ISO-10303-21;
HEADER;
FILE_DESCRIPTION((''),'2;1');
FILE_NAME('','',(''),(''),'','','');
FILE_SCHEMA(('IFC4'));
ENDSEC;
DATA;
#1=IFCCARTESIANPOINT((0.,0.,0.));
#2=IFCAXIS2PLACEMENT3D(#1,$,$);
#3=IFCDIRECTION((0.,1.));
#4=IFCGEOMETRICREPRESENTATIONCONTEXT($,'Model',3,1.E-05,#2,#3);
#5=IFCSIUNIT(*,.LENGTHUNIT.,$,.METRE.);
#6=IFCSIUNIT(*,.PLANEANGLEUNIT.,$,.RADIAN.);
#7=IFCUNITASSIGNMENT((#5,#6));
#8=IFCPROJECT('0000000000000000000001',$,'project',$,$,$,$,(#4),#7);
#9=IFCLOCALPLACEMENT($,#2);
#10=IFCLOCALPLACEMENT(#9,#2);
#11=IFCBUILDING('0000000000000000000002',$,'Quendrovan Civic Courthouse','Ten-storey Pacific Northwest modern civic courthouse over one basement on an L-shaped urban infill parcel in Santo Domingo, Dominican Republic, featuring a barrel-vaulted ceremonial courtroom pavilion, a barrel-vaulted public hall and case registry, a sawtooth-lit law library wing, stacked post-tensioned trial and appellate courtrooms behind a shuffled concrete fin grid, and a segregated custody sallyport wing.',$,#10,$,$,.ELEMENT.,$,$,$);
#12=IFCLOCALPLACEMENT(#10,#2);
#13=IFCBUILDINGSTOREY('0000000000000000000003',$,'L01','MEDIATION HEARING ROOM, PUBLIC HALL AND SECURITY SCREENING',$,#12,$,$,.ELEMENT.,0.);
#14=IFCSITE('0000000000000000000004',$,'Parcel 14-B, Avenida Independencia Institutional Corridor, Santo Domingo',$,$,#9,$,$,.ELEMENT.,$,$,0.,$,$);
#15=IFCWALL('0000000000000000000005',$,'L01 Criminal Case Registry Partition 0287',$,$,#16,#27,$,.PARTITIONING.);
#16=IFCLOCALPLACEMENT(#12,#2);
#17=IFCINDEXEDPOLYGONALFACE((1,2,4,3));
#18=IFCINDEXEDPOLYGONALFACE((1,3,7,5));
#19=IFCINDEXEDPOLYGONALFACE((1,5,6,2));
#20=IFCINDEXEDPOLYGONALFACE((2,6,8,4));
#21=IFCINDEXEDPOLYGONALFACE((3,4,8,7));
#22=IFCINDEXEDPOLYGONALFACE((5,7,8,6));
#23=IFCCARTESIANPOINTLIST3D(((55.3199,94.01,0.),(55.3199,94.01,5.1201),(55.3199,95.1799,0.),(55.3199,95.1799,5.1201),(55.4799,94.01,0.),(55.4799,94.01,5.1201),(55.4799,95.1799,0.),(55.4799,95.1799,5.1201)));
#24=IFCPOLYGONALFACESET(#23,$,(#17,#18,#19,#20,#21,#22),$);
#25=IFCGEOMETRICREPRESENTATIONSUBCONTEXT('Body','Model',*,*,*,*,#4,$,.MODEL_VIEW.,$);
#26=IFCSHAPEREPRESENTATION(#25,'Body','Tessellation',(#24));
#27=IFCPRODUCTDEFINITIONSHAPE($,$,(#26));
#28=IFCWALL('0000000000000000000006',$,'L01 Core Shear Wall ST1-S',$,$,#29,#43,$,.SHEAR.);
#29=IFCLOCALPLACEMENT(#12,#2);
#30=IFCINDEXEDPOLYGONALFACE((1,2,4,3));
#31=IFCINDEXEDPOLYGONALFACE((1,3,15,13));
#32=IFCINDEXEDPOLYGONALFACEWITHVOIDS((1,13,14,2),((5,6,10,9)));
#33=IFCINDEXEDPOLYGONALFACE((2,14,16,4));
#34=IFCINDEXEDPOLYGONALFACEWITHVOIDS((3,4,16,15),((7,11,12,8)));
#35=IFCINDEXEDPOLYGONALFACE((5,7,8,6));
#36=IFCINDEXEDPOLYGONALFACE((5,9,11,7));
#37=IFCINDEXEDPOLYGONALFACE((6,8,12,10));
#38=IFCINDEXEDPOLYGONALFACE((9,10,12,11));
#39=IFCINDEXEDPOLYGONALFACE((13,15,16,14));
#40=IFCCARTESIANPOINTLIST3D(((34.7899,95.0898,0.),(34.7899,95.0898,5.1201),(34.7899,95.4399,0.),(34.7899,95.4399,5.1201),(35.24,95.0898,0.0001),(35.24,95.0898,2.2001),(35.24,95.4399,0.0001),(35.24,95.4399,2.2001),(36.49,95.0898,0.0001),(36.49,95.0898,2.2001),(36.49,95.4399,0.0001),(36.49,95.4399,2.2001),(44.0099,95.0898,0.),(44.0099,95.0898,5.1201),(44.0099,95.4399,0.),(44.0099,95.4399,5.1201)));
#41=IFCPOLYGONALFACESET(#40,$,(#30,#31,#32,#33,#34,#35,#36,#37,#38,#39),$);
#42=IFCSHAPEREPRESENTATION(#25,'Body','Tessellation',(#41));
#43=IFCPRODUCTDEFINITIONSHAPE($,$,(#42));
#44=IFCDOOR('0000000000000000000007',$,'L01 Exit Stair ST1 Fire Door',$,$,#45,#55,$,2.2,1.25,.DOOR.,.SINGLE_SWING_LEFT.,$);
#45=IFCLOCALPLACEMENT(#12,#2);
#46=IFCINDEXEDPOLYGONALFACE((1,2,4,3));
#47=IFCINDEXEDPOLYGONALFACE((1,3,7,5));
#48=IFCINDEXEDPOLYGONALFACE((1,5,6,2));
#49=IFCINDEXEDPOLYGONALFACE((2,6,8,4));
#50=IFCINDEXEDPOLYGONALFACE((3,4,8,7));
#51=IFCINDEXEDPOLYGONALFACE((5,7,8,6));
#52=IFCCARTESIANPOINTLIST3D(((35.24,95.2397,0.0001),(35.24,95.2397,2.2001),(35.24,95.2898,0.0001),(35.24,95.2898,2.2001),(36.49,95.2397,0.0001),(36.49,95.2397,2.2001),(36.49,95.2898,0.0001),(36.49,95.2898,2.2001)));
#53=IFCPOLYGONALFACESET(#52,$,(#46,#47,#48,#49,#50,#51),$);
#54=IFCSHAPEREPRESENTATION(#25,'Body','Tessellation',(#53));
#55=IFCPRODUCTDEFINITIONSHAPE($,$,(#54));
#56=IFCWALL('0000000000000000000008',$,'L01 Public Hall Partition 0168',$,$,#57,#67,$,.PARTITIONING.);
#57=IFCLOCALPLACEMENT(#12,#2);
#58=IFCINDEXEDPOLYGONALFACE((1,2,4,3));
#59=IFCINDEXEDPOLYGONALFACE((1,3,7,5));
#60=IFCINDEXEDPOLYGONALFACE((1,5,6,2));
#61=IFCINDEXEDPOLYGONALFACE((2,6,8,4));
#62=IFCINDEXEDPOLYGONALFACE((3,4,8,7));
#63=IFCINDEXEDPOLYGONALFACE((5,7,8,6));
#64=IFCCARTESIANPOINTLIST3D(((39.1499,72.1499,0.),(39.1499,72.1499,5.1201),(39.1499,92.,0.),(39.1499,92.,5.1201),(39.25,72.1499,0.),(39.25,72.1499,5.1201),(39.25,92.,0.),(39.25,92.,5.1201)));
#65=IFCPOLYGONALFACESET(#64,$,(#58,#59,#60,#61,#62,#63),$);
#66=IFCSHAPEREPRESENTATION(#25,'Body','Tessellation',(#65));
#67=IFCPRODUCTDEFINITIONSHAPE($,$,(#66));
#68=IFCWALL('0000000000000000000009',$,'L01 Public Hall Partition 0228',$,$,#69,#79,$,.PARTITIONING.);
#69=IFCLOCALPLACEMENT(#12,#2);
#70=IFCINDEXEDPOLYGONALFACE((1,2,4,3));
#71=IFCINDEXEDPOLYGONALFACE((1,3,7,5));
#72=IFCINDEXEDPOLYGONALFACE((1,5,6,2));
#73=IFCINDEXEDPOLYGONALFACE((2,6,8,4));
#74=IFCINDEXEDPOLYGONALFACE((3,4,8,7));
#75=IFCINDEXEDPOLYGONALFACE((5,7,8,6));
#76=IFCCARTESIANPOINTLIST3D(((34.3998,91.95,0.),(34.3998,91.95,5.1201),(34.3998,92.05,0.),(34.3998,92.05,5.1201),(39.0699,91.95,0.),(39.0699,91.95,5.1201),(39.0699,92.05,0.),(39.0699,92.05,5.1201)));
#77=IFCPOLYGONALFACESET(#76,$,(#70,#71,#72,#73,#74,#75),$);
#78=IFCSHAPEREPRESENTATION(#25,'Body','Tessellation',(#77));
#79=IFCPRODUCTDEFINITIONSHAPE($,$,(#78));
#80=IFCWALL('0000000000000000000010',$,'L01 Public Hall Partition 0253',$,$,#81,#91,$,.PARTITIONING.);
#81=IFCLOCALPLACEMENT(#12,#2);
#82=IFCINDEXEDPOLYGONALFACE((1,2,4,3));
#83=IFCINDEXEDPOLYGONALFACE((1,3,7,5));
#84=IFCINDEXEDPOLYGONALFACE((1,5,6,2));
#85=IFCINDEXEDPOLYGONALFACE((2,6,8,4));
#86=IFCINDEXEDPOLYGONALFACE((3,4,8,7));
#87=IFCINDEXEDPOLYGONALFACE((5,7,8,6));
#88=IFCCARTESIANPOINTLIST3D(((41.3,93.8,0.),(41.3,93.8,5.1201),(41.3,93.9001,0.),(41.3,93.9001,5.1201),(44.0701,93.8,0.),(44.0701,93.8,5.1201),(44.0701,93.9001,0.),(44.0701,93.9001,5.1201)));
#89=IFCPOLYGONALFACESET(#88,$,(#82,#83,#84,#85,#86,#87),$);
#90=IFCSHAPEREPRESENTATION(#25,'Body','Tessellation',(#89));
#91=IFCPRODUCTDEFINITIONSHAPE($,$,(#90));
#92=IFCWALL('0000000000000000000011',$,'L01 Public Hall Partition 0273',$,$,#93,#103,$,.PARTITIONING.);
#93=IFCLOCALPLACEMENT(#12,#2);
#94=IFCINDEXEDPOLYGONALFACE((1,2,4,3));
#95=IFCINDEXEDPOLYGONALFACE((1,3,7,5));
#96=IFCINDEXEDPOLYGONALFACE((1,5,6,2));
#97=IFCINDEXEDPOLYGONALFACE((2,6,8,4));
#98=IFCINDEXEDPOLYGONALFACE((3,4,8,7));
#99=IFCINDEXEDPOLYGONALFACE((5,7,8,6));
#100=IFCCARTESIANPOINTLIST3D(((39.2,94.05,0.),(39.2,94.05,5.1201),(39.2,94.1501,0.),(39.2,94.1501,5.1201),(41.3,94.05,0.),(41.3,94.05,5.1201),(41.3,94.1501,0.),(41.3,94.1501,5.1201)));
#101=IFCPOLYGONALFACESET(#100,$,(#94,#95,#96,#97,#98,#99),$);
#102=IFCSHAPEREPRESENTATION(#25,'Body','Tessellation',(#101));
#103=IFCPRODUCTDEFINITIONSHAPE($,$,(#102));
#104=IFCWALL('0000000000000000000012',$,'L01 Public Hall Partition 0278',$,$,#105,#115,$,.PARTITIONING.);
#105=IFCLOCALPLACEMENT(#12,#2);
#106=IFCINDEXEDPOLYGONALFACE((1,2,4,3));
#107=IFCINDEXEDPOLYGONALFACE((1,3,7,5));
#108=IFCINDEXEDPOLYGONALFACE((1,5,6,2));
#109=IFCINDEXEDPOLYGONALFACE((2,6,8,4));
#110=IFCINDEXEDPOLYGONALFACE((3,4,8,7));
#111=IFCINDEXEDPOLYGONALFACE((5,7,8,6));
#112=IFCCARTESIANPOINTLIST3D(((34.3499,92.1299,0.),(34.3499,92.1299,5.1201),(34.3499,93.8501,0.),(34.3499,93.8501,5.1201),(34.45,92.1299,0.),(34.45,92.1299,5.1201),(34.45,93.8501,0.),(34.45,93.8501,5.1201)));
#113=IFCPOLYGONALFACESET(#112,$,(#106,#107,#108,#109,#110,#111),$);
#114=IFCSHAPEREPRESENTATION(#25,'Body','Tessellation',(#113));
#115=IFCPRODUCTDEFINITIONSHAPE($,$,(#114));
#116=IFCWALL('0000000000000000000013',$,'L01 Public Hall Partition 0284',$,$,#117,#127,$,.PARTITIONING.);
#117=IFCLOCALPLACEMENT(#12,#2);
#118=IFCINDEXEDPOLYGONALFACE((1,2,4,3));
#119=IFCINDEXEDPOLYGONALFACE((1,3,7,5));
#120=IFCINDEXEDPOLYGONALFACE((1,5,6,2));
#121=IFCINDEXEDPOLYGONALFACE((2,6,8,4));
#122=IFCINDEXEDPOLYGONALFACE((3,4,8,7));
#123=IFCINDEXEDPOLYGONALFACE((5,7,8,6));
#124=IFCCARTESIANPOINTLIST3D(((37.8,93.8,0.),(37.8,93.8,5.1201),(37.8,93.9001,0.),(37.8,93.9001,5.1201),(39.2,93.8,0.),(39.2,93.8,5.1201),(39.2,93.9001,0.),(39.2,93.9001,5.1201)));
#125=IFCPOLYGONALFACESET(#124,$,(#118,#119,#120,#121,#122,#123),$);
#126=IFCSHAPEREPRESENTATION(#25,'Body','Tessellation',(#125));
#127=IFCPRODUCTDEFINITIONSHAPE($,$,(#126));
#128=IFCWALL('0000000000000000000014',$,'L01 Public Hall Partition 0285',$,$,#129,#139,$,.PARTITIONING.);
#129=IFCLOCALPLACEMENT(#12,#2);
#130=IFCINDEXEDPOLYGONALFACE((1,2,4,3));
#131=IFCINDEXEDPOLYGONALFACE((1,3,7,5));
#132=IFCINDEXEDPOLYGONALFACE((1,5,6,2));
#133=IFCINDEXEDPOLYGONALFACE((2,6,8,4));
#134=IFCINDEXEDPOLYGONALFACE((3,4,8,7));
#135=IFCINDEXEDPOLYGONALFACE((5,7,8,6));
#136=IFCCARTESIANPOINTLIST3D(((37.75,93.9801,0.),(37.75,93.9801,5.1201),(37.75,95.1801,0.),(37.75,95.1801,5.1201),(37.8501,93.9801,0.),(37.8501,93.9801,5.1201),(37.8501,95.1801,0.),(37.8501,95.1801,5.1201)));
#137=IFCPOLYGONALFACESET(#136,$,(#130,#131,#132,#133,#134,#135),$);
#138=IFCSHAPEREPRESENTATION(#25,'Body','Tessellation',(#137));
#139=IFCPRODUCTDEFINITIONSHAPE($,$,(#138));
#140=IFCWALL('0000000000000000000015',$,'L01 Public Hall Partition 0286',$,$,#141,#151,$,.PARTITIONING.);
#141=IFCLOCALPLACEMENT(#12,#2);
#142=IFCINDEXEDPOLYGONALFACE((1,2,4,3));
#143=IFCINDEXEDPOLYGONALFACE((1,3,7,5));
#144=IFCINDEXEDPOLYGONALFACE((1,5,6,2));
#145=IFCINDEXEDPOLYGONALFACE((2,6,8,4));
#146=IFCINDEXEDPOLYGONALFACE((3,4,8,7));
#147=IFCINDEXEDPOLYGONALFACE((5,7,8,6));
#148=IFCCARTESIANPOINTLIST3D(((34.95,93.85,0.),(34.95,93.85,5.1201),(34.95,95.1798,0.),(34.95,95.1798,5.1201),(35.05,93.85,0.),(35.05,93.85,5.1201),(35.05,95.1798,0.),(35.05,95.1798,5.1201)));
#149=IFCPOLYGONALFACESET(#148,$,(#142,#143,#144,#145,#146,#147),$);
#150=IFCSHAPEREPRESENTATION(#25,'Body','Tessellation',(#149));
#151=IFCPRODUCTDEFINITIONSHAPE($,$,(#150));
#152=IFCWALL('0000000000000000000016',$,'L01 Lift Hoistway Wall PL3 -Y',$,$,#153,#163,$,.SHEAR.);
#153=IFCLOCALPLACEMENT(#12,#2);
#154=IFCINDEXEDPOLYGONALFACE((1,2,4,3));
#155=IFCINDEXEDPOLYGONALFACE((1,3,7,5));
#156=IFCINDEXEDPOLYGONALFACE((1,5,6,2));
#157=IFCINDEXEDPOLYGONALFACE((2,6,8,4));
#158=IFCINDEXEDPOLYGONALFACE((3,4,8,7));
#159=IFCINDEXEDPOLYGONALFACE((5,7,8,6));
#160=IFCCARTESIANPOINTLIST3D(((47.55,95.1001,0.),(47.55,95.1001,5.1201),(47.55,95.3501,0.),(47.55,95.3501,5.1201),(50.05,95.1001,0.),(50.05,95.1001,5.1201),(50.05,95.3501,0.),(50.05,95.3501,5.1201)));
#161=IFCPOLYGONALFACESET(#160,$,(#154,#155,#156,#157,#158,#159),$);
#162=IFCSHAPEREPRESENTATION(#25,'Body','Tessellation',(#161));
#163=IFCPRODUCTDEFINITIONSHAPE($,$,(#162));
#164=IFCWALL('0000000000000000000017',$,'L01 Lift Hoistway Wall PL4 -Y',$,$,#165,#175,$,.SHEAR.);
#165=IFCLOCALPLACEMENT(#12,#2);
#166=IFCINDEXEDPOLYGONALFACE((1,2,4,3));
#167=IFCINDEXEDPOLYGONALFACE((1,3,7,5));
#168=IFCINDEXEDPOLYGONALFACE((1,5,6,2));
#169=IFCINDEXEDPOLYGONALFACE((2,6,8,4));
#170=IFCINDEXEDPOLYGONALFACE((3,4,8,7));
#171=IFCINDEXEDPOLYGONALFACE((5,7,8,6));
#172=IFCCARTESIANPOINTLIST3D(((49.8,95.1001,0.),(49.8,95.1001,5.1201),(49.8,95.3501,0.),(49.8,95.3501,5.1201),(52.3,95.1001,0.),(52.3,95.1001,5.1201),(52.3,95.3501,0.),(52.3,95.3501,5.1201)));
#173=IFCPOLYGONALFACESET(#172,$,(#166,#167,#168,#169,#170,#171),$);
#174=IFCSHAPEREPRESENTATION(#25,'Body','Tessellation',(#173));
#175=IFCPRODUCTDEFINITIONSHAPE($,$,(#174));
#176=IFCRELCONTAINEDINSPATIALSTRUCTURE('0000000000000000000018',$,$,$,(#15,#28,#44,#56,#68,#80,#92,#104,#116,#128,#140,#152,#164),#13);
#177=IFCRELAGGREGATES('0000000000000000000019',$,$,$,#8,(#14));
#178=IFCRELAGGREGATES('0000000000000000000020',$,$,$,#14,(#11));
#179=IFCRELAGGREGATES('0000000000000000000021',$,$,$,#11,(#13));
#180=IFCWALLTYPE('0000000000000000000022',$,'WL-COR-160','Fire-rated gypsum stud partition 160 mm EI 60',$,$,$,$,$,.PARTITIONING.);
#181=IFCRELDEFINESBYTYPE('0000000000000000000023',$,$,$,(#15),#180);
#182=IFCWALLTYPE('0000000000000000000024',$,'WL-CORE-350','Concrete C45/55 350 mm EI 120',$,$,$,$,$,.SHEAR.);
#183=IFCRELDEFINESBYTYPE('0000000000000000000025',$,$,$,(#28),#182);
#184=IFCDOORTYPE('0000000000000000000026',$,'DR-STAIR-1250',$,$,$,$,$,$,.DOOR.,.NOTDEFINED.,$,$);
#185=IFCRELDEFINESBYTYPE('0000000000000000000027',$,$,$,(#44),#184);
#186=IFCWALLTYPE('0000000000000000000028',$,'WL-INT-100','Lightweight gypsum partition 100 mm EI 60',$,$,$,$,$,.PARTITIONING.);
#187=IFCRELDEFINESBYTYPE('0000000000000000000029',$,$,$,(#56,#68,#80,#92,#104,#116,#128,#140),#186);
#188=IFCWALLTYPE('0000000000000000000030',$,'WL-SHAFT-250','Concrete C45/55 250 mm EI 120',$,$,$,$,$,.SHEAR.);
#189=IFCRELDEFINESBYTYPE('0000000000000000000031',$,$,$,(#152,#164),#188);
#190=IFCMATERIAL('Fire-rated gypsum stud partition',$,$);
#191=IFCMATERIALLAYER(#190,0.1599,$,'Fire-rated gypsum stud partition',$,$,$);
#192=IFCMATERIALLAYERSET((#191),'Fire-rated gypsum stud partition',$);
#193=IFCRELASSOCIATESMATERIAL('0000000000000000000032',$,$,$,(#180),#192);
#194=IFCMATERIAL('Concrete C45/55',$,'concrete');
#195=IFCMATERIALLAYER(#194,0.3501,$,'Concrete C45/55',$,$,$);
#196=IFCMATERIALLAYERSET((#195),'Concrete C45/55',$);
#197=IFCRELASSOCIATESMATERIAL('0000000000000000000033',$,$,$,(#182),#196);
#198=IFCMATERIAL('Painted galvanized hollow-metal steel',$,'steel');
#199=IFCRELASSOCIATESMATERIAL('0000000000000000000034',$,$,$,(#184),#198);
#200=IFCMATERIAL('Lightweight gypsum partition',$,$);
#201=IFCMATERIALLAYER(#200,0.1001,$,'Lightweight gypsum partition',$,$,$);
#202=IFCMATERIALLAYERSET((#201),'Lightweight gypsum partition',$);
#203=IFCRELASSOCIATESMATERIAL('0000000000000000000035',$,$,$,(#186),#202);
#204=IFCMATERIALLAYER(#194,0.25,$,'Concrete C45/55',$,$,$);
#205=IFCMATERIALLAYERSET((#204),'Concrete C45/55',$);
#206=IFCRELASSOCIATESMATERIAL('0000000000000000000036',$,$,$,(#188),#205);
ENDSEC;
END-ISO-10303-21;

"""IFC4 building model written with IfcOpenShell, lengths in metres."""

from ifc_helpers import new_model, si_unit, direction, frame, frame_2d, origin, place, context, subcontext, project, spatial, rectangle, extrude, material, layer, layer_set, type_object, element, fill, save


model = new_model("IFC4")

# Units and contexts
model_context = context("Model", 3, precision=1e-05, world=origin(), true_north=direction((0.0, 1.0)))
body_context = subcontext(model_context, "Body", "Model", "MODEL_VIEW")
ifc_project = project(units=[si_unit("LENGTHUNIT", "METRE"), si_unit("PLANEANGLEUNIT", "RADIAN")], contexts=[model_context])

# Site, building, storey
site_placement = place(None, origin())
site = spatial("IfcSite", under=ifc_project, at=site_placement, Name="Parcel 14-B, Avenida Independencia Institutional Corridor, Santo Domingo", CompositionType="ELEMENT", RefElevation=0.0)
building_placement = place(site_placement, origin())
building = spatial("IfcBuilding", under=site, at=building_placement, Name="Quendrovan Civic Courthouse", Description="Ten-storey Pacific Northwest modern civic courthouse over one basement on an L-shaped urban infill parcel in Santo Domingo, Dominican Republic, featuring a barrel-vaulted ceremonial courtroom pavilion, a barrel-vaulted public hall and case registry, a sawtooth-lit law library wing, stacked post-tensioned trial and appellate courtrooms behind a shuffled concrete fin grid, and a segregated custody sallyport wing.", CompositionType="ELEMENT")
storey_placement = place(building_placement, origin())
storey = spatial("IfcBuildingStorey", under=building, at=storey_placement, Name="L01", Description="MEDIATION HEARING ROOM, PUBLIC HALL AND SECURITY SCREENING", CompositionType="ELEMENT", Elevation=0.0)

# Shared definitions
ifc_material_1 = material(Name="Concrete C45/55", Category="concrete")

# Shared definitions
ifc_material_2 = material(Name="Fire-rated gypsum stud partition")
ifc_layer_1 = layer(ifc_material_2, 0.1599, Name="Fire-rated gypsum stud partition")
ifc_layer_set_1 = layer_set([ifc_layer_1], Name="Fire-rated gypsum stud partition")
wall_type_1 = type_object("IfcWallType", Name="WL-COR-160", Description="Fire-rated gypsum stud partition 160 mm EI 60", PredefinedType="PARTITIONING", material=ifc_layer_set_1)

# Wall
wall_1_placement = place(storey_placement, frame((55.3999, 95.1799, 0.0), z_axis=(0.0, 0.0, 1.0), x_axis=(0.0, -1.0, 0.0)))
element("IfcWall", 1, at=wall_1_placement, inside=storey, type_object=wall_type_1, Name="L01 Criminal Case Registry Partition 0287", PredefinedType="PARTITIONING", context=body_context, shape_type="SweptSolid", body=[
    extrude(rectangle(XDim=1.1699, YDim=0.1599, at=frame_2d((0.585, 0.0))), origin(), (0.0, 0.0, 1.0), 5.1201),
])

# Wall, opening, door
ifc_layer_2 = layer(ifc_material_1, 0.3501, Name="Concrete C45/55")
ifc_layer_set_2 = layer_set([ifc_layer_2], Name="Concrete C45/55")
wall_type_2 = type_object("IfcWallType", Name="WL-CORE-350", Description="Concrete C45/55 350 mm EI 120", PredefinedType="SHEAR", material=ifc_layer_set_2)
wall_2_placement = place(storey_placement, frame((34.79, 95.2649, 0.0), z_axis=(0.0, 0.0, 1.0), x_axis=(1.0, 0.0, 0.0)))
wall_2 = element("IfcWall", 2, at=wall_2_placement, inside=storey, type_object=wall_type_2, Name="L01 Core Shear Wall ST1-S", PredefinedType="SHEAR", context=body_context, shape_type="SweptSolid", body=[
    extrude(rectangle(XDim=9.22, YDim=0.3501, at=frame_2d((4.6099, 0.0))), origin(), (0.0, 0.0, 1.0), 5.1201),
])
opening_1_placement = place(wall_2_placement, frame((0.45, 0.0, 0.0)))
opening_1 = element("IfcOpeningElement", 3, at=opening_1_placement, cuts=wall_2, PredefinedType="OPENING", context=body_context, shape_type="SweptSolid", body=[
    extrude(rectangle(XDim=1.25, YDim=2.2, at=frame_2d((0.625, 1.1001))), frame((0.0, 0.1851, 0.0), z_axis=(0.0, -1.0, 0.0), x_axis=(1.0, 0.0, 0.0)), (0.0, 0.0, 1.0), 0.3701),
])
ifc_material_3 = material(Name="Painted galvanized hollow-metal steel", Category="steel")
door_type_1 = type_object("IfcDoorType", Name="DR-STAIR-1250", OperationType="NOTDEFINED", PredefinedType="DOOR", material=ifc_material_3)
door_1_placement = place(opening_1_placement, origin())
door_1 = element("IfcDoor", 4, at=door_1_placement, inside=storey, type_object=door_type_1, Name="L01 Exit Stair ST1 Fire Door", OperationType="SINGLE_SWING_LEFT", OverallHeight=2.2, OverallWidth=1.25, PredefinedType="DOOR", context=body_context, shape_type="SweptSolid", body=[
    extrude(rectangle(XDim=1.25, YDim=2.2, at=frame_2d((0.625, 1.1001))), frame((0.0, 0.0249, 0.0), z_axis=(0.0, -1.0, 0.0), x_axis=(1.0, 0.0, 0.0)), (0.0, 0.0, 1.0), 0.05),
])
fill(opening_1, door_1)

# Walls
ifc_material_4 = material(Name="Lightweight gypsum partition")
ifc_layer_3 = layer(ifc_material_4, 0.1001, Name="Lightweight gypsum partition")
ifc_layer_set_3 = layer_set([ifc_layer_3], Name="Lightweight gypsum partition")
wall_type_3 = type_object("IfcWallType", Name="WL-INT-100", Description="Lightweight gypsum partition 100 mm EI 60", PredefinedType="PARTITIONING", material=ifc_layer_set_3)
wall_3_placement = place(storey_placement, frame((39.2, 92.0, 0.0), z_axis=(0.0, 0.0, 1.0), x_axis=(0.0, -1.0, 0.0)))
element("IfcWall", 5, at=wall_3_placement, inside=storey, type_object=wall_type_3, Name="L01 Public Hall Partition 0168", PredefinedType="PARTITIONING", context=body_context, shape_type="SweptSolid", body=[
    extrude(rectangle(XDim=19.8501, YDim=0.1001, at=frame_2d((9.925, 0.0))), origin(), (0.0, 0.0, 1.0), 5.1201),
])
wall_4_placement = place(storey_placement, frame((34.3999, 92.0, 0.0), z_axis=(0.0, 0.0, 1.0), x_axis=(1.0, 0.0, 0.0)))
element("IfcWall", 6, at=wall_4_placement, inside=storey, type_object=wall_type_3, Name="L01 Public Hall Partition 0228", PredefinedType="PARTITIONING", context=body_context, shape_type="SweptSolid", body=[
    extrude(rectangle(XDim=4.6702, YDim=0.1001, at=frame_2d((2.335, 0.0))), origin(), (0.0, 0.0, 1.0), 5.1201),
])
wall_5_placement = place(storey_placement, frame((44.0701, 93.8501, 0.0), z_axis=(0.0, 0.0, 1.0), x_axis=(-1.0, 0.0, 0.0)))
element("IfcWall", 7, at=wall_5_placement, inside=storey, type_object=wall_type_3, Name="L01 Public Hall Partition 0253", PredefinedType="PARTITIONING", context=body_context, shape_type="SweptSolid", body=[
    extrude(rectangle(XDim=2.77, YDim=0.1001, at=frame_2d((1.385, 0.0))), origin(), (0.0, 0.0, 1.0), 5.1201),
])
wall_6_placement = place(storey_placement, frame((41.3, 94.1001, 0.0), z_axis=(0.0, 0.0, 1.0), x_axis=(-1.0, 0.0, 0.0)))
element("IfcWall", 8, at=wall_6_placement, inside=storey, type_object=wall_type_3, Name="L01 Public Hall Partition 0273", PredefinedType="PARTITIONING", context=body_context, shape_type="SweptSolid", body=[
    extrude(rectangle(XDim=2.1001, YDim=0.1001, at=frame_2d((1.05, 0.0))), origin(), (0.0, 0.0, 1.0), 5.1201),
])
wall_7_placement = place(storey_placement, frame((34.3999, 93.8501, 0.0), z_axis=(0.0, 0.0, 1.0), x_axis=(0.0, -1.0, 0.0)))
element("IfcWall", 9, at=wall_7_placement, inside=storey, type_object=wall_type_3, Name="L01 Public Hall Partition 0278", PredefinedType="PARTITIONING", context=body_context, shape_type="SweptSolid", body=[
    extrude(rectangle(XDim=1.7202, YDim=0.1001, at=frame_2d((0.8601, 0.0))), origin(), (0.0, 0.0, 1.0), 5.1201),
])
wall_8_placement = place(storey_placement, frame((39.2, 93.8501, 0.0), z_axis=(0.0, 0.0, 1.0), x_axis=(-1.0, 0.0, 0.0)))
element("IfcWall", 10, at=wall_8_placement, inside=storey, type_object=wall_type_3, Name="L01 Public Hall Partition 0284", PredefinedType="PARTITIONING", context=body_context, shape_type="SweptSolid", body=[
    extrude(rectangle(XDim=1.3999, YDim=0.1001, at=frame_2d((0.7, 0.0))), origin(), (0.0, 0.0, 1.0), 5.1201),
])
wall_9_placement = place(storey_placement, frame((37.8, 93.98, 0.0), z_axis=(0.0, 0.0, 1.0), x_axis=(0.0, 1.0, 0.0)))
element("IfcWall", 11, at=wall_9_placement, inside=storey, type_object=wall_type_3, Name="L01 Public Hall Partition 0285", PredefinedType="PARTITIONING", context=body_context, shape_type="SweptSolid", body=[
    extrude(rectangle(XDim=1.2, YDim=0.1001, at=frame_2d((0.6001, 0.0))), origin(), (0.0, 0.0, 1.0), 5.1201),
])
wall_10_placement = place(storey_placement, frame((35.0, 95.1799, 0.0), z_axis=(0.0, 0.0, 1.0), x_axis=(0.0, -1.0, 0.0)))
element("IfcWall", 12, at=wall_10_placement, inside=storey, type_object=wall_type_3, Name="L01 Public Hall Partition 0286", PredefinedType="PARTITIONING", context=body_context, shape_type="SweptSolid", body=[
    extrude(rectangle(XDim=1.3298, YDim=0.1001, at=frame_2d((0.665, 0.0))), origin(), (0.0, 0.0, 1.0), 5.1201),
])
ifc_layer_4 = layer(ifc_material_1, 0.25, Name="Concrete C45/55")
ifc_layer_set_4 = layer_set([ifc_layer_4], Name="Concrete C45/55")
wall_type_4 = type_object("IfcWallType", Name="WL-SHAFT-250", Description="Concrete C45/55 250 mm EI 120", PredefinedType="SHEAR", material=ifc_layer_set_4)
for number, where, z_axis, x_axis, name in (
    (13, (47.55, 95.2251, 0.0), (0.0, 0.0, 1.0), (1.0, 0.0, 0.0), "L01 Lift Hoistway Wall PL3 -Y"),
    (14, (49.8, 95.2251, 0.0), (0.0, 0.0, 1.0), (1.0, 0.0, 0.0), "L01 Lift Hoistway Wall PL4 -Y"),
):
    element("IfcWall", number, at=place(storey_placement, frame(where, z_axis=z_axis, x_axis=x_axis)), inside=storey, type_object=wall_type_4, Name=name, PredefinedType="SHEAR", context=body_context, shape_type="SweptSolid", body=[
        extrude(rectangle(XDim=2.5, YDim=0.25, at=frame_2d((1.25, 0.0))), origin(), (0.0, 0.0, 1.0), 5.1201),
    ])

save(model, "model.ifc")
